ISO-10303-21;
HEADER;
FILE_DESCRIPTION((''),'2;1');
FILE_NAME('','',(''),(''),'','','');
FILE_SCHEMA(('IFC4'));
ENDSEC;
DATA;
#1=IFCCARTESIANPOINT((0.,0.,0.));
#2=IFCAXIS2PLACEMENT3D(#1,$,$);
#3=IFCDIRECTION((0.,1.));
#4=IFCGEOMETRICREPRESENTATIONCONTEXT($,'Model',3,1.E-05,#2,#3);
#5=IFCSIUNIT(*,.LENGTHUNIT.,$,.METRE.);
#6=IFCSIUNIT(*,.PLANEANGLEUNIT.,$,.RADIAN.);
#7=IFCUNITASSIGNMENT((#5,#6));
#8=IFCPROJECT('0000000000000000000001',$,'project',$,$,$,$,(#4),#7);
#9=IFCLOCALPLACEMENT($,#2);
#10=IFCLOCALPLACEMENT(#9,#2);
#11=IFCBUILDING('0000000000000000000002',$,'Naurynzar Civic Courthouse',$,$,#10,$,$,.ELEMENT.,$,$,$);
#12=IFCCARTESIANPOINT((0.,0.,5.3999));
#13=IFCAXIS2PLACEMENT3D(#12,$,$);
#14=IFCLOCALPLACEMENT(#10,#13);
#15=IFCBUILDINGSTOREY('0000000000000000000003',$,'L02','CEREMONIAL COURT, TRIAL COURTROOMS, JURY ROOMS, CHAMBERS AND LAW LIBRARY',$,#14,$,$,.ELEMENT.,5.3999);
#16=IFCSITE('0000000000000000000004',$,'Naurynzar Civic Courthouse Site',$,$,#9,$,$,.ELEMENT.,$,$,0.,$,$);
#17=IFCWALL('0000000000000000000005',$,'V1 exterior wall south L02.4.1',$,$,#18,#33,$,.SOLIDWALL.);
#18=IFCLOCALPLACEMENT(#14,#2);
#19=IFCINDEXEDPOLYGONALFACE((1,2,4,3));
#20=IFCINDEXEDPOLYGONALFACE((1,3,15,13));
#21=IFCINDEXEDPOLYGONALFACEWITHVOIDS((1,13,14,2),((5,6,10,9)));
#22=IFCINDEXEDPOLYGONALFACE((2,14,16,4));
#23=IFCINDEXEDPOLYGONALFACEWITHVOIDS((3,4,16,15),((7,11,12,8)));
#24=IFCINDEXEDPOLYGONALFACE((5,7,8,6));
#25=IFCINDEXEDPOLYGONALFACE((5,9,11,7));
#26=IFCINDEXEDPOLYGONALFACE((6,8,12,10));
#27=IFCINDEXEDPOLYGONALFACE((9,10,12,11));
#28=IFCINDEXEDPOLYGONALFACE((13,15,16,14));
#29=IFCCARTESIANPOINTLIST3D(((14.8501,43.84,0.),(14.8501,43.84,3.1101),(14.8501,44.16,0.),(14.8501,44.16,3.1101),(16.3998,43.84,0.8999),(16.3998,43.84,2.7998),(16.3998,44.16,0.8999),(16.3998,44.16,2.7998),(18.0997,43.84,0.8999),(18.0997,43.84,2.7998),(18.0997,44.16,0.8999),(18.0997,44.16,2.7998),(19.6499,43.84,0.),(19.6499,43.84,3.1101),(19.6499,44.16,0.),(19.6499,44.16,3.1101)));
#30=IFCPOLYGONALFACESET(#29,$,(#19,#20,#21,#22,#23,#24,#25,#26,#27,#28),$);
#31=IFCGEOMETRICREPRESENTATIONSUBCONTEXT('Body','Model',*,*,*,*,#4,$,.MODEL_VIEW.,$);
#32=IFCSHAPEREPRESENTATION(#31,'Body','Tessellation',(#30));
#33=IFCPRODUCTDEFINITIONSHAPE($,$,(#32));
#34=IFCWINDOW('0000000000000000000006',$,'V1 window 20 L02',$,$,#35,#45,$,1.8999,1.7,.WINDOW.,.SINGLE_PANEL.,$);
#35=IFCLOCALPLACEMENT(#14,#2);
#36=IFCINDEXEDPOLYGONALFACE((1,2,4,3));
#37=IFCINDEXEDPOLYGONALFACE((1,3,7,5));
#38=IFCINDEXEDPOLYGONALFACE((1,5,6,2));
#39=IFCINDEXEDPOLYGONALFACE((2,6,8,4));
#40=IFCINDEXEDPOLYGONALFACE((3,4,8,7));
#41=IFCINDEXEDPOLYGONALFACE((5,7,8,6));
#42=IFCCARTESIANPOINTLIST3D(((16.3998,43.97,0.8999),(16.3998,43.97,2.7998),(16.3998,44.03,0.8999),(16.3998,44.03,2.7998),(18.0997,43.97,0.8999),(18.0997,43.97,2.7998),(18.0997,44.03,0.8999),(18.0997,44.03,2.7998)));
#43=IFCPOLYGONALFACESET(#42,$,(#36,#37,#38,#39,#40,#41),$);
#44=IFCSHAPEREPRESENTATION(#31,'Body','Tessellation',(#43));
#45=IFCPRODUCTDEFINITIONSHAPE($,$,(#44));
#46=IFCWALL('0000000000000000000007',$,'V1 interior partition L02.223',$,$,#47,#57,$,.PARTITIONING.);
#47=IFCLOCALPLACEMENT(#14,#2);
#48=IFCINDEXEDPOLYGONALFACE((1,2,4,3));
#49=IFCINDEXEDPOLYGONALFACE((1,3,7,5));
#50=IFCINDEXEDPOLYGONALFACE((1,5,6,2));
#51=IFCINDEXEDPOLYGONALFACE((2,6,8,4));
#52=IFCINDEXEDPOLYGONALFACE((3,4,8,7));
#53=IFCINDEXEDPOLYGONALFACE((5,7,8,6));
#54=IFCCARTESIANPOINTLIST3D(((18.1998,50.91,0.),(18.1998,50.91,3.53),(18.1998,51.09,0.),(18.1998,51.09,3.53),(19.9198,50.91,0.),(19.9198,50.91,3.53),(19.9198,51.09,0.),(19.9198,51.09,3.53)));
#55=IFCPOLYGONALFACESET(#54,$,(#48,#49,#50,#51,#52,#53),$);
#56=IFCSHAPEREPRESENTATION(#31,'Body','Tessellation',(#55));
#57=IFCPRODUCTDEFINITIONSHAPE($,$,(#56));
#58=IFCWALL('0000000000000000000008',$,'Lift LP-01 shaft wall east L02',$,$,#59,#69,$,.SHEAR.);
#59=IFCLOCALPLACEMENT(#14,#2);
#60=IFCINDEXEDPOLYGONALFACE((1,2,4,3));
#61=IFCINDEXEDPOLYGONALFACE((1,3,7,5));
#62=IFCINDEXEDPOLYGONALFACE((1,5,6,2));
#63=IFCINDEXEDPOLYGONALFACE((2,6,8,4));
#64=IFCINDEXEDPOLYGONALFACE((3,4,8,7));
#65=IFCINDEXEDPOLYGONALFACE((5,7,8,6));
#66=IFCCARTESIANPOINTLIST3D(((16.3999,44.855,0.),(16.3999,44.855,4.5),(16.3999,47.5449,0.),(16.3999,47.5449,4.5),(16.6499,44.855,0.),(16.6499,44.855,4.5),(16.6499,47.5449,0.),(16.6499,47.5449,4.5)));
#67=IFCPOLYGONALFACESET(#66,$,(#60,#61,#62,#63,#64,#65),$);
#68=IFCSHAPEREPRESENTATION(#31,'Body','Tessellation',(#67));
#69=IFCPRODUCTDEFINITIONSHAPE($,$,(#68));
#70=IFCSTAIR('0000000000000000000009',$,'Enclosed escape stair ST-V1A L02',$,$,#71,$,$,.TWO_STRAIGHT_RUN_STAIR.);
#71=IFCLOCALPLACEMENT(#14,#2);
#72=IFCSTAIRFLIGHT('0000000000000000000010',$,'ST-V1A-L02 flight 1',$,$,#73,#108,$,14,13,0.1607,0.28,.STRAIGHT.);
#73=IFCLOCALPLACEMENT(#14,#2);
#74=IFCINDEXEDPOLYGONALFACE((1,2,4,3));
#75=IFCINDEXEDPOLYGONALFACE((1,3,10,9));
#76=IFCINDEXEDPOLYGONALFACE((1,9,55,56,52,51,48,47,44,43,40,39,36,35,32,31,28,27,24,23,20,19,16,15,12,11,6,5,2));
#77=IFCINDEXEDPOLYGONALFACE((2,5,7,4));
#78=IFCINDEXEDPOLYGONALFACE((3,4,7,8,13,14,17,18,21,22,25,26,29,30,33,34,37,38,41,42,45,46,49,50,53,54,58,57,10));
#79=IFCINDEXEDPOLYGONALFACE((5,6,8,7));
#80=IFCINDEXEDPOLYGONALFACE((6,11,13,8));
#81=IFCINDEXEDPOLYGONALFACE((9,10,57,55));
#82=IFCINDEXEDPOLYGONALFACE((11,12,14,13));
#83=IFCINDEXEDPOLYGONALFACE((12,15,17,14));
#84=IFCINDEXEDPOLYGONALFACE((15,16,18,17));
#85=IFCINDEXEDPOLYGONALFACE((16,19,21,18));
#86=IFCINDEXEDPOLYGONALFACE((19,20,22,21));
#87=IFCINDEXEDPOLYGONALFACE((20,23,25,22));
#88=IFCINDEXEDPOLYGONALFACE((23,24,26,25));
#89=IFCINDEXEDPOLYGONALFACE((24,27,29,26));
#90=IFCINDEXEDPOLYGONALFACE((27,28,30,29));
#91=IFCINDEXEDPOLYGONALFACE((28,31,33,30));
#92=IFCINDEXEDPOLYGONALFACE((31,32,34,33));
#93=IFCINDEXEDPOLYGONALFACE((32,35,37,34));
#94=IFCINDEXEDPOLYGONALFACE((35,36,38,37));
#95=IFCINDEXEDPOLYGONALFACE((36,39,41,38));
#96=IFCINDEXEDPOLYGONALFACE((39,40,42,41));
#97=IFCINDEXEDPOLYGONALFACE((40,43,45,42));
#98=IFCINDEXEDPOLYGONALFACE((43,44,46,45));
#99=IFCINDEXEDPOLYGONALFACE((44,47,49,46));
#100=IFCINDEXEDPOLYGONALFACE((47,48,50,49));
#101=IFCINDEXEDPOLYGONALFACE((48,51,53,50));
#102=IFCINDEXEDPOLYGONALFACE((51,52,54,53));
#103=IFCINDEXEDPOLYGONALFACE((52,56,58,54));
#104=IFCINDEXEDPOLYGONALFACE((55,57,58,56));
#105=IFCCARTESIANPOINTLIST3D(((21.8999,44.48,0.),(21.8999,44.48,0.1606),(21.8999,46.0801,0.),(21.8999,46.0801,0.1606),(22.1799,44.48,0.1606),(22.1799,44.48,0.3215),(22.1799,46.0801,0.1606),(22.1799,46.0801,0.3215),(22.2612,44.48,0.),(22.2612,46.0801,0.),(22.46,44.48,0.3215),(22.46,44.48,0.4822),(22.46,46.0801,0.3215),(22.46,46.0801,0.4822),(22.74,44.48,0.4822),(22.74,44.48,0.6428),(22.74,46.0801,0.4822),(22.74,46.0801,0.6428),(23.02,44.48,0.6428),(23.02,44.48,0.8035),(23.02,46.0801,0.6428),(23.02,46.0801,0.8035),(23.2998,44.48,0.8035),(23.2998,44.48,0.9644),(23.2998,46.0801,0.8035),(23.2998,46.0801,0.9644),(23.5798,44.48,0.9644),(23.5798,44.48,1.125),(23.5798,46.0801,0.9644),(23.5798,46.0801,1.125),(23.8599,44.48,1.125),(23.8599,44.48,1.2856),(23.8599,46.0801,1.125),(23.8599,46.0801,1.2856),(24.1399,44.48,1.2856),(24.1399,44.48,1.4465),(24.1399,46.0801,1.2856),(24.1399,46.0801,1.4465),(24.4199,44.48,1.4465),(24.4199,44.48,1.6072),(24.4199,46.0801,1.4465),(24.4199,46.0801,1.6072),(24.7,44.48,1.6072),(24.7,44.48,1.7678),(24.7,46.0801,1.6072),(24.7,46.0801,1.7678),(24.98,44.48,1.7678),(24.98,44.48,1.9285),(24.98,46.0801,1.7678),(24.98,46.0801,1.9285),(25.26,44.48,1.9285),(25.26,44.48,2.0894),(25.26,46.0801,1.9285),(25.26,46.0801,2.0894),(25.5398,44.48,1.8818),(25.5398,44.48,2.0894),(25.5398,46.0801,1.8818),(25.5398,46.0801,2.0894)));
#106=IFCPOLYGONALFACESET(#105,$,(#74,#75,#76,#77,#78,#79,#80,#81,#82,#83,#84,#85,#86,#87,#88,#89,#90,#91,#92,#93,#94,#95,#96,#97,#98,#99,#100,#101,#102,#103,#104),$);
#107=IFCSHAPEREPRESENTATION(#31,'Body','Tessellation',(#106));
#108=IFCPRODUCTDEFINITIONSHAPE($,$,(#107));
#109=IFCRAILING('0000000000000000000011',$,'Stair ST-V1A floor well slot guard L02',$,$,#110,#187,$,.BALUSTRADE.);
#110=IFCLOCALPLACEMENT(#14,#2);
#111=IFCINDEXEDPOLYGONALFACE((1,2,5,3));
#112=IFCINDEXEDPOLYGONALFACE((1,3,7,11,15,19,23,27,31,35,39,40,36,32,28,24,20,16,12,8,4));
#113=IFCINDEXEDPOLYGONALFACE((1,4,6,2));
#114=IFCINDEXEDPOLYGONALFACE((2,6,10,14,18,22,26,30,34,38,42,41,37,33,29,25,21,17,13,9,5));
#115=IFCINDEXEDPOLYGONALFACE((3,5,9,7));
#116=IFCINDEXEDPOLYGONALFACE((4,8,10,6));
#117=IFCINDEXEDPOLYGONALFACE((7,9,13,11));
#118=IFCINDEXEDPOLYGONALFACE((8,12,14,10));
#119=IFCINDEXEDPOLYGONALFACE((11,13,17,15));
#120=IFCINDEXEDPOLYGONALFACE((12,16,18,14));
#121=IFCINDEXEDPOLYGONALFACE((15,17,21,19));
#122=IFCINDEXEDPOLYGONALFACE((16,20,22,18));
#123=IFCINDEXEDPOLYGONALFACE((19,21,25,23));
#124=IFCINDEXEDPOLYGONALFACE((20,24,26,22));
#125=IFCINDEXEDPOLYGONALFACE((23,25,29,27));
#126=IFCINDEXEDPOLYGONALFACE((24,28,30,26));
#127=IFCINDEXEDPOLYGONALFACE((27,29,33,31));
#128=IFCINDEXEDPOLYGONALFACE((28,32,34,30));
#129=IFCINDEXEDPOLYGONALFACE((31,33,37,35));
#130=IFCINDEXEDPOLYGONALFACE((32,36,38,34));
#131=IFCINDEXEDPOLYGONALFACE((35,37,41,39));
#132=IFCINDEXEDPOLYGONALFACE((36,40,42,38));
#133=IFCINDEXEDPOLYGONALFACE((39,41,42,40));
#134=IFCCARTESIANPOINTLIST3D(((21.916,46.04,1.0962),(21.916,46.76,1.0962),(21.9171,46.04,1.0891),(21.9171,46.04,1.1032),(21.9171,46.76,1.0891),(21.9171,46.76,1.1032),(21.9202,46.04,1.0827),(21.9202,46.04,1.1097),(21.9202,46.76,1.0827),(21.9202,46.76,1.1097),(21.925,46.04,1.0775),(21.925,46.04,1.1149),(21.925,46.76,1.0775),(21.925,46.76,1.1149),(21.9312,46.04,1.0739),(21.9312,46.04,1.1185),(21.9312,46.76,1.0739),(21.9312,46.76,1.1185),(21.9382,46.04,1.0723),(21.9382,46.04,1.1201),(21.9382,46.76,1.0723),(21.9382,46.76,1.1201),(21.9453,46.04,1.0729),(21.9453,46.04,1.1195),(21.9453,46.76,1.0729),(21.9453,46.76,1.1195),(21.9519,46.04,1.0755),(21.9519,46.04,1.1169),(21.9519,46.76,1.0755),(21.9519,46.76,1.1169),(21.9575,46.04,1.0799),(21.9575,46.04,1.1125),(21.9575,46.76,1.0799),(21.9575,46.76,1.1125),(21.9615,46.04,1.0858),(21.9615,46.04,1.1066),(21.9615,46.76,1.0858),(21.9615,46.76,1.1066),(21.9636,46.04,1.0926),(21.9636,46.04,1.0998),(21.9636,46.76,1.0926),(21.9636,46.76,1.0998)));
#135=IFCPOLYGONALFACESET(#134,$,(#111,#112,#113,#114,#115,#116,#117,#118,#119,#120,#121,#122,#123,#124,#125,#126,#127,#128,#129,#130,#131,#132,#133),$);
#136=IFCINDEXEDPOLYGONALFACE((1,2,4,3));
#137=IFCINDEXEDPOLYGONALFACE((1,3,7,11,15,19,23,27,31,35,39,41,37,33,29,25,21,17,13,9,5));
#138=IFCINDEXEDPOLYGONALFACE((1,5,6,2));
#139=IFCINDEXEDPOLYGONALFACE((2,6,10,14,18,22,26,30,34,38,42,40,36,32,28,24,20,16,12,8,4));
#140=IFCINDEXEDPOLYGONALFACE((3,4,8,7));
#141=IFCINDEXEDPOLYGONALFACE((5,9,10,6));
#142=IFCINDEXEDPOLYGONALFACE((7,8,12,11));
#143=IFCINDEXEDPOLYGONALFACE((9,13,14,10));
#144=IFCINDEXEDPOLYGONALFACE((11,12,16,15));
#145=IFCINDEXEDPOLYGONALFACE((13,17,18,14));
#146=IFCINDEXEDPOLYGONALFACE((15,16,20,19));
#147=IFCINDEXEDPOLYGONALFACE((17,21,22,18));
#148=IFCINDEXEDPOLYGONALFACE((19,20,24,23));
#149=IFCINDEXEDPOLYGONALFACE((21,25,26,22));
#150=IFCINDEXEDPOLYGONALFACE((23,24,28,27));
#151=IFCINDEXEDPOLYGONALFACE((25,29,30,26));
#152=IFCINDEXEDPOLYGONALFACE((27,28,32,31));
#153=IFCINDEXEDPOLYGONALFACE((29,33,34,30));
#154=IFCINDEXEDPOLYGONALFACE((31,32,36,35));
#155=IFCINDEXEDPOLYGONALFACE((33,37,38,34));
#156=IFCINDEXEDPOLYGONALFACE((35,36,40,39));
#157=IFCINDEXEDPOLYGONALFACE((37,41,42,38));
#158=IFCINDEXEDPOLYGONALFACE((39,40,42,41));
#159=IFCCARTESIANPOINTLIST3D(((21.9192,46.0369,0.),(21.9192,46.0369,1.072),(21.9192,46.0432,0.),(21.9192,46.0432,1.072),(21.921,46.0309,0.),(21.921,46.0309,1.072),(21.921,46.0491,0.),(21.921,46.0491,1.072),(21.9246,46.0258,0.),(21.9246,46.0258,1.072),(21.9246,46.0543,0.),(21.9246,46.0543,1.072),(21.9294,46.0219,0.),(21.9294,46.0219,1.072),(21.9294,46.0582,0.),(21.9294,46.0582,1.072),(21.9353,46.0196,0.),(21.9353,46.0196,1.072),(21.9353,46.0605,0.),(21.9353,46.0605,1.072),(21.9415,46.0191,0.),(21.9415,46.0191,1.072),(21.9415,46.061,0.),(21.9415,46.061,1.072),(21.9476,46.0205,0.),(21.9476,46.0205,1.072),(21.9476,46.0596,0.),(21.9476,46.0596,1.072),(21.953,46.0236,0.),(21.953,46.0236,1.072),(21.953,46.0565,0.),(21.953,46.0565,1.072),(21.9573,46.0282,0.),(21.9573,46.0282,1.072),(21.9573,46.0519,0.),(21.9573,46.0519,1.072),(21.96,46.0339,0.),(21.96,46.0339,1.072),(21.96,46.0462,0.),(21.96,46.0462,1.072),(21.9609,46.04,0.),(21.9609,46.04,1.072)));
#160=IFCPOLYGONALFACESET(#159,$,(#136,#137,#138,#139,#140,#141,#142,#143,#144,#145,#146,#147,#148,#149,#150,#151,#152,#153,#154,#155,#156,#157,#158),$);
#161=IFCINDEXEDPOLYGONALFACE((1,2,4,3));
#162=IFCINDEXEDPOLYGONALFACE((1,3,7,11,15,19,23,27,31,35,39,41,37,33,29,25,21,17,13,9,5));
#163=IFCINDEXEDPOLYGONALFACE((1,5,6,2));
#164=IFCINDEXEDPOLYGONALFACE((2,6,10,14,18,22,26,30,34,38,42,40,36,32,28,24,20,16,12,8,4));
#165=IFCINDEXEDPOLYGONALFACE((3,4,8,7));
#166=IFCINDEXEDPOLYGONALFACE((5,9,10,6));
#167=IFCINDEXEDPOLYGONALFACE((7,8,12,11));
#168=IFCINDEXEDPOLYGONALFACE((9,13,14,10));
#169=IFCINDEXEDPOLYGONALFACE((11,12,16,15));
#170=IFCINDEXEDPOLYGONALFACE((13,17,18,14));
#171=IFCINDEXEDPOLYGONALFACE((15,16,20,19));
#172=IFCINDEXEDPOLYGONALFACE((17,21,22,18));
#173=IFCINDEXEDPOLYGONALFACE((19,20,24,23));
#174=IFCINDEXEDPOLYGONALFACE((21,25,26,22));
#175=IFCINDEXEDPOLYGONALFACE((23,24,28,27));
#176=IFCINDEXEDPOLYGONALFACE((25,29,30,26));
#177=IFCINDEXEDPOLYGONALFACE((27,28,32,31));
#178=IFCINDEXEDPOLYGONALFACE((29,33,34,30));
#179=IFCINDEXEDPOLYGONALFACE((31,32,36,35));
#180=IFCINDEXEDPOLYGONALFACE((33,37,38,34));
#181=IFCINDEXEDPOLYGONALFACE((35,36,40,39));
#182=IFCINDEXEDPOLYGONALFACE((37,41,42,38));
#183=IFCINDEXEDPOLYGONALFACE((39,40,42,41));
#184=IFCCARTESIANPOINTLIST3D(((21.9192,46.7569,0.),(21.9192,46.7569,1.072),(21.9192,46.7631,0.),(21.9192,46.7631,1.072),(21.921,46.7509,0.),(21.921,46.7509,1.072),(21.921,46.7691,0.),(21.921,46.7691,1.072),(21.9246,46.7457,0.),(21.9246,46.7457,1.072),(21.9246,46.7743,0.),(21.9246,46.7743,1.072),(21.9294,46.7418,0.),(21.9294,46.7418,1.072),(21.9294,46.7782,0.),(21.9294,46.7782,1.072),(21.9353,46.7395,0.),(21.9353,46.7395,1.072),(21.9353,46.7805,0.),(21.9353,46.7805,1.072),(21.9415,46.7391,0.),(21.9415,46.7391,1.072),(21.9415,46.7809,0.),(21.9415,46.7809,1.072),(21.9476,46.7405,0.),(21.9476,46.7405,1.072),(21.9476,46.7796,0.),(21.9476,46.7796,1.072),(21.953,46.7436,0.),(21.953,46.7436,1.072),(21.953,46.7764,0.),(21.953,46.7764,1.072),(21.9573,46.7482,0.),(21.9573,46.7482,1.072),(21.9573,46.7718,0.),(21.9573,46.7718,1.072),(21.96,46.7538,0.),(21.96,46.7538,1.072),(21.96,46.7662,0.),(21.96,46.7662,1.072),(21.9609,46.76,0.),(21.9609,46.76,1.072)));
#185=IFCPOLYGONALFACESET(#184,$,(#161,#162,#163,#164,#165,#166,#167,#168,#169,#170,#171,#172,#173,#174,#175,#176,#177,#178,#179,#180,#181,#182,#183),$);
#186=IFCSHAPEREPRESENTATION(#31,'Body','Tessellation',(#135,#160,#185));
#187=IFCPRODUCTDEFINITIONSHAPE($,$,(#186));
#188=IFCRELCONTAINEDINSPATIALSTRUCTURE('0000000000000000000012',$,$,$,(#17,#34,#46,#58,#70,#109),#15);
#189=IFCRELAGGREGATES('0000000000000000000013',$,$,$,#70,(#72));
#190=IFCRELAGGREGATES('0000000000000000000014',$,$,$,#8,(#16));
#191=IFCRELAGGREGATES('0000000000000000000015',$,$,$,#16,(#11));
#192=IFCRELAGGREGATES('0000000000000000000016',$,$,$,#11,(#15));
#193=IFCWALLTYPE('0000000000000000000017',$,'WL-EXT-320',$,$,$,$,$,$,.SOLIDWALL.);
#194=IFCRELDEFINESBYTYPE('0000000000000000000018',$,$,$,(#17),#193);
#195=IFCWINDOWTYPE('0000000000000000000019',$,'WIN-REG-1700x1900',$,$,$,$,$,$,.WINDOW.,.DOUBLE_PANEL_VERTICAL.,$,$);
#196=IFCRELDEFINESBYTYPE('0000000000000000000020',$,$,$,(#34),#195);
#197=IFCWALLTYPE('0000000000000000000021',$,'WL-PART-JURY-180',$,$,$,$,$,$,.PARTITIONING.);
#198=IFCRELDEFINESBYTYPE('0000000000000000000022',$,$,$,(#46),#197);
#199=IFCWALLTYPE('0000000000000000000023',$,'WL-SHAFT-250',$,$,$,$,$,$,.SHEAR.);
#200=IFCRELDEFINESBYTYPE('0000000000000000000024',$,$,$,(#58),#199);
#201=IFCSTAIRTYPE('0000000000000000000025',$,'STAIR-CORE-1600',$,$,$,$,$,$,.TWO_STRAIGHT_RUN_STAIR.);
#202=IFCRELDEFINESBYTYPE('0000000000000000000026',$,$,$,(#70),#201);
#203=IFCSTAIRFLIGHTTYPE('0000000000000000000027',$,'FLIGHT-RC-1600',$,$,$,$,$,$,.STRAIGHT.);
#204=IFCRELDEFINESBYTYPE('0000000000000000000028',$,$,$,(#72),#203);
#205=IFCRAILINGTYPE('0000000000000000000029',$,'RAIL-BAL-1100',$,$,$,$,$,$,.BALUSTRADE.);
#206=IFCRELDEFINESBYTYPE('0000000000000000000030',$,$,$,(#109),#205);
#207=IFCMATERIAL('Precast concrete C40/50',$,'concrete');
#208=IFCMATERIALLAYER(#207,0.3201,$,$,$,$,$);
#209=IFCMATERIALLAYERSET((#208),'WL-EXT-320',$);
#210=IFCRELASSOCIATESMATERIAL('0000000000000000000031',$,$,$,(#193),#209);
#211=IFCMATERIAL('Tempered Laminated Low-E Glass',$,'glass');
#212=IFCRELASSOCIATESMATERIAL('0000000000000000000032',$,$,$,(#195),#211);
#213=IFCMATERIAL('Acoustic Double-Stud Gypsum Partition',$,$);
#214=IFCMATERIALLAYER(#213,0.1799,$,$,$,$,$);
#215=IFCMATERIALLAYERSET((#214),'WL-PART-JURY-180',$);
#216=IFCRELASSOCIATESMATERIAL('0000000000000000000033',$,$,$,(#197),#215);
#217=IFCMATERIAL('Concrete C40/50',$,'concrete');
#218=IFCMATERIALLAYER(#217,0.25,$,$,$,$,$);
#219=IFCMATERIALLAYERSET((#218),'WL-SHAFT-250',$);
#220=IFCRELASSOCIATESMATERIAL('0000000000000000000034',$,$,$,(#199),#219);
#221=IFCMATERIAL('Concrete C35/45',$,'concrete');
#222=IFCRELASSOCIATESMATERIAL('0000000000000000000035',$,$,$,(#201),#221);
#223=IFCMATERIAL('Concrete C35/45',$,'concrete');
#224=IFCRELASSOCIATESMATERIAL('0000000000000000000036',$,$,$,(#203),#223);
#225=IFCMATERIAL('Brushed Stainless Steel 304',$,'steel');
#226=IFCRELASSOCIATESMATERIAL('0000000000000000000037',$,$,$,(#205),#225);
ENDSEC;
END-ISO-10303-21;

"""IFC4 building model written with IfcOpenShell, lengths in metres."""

from ifc_helpers import new_model, si_unit, direction, frame, frame_2d, origin, origin_2d, place, context, subcontext, project, spatial, polyline, rectangle, circle, outline, extrude, material, layer, layer_set, type_object, element, fill, aggregate, save


model = new_model("IFC4")

# Units and contexts
model_context = context("Model", 3, precision=1e-05, world=origin(), true_north=direction((0.0, 1.0)))
body_context = subcontext(model_context, "Body", "Model", "MODEL_VIEW")
ifc_project = project(units=[si_unit("LENGTHUNIT", "METRE"), si_unit("PLANEANGLEUNIT", "RADIAN")], contexts=[model_context])

# Site, building, storey
site_placement = place(None, origin())
site = spatial("IfcSite", under=ifc_project, at=site_placement, Name="Naurynzar Civic Courthouse Site", CompositionType="ELEMENT", RefElevation=0.0)
building_placement = place(site_placement, origin())
building = spatial("IfcBuilding", under=site, at=building_placement, Name="Naurynzar Civic Courthouse", CompositionType="ELEMENT")
storey_placement = place(building_placement, frame((0.0, 0.0, 5.3999)))
storey = spatial("IfcBuildingStorey", under=building, at=storey_placement, Name="L02", Description="CEREMONIAL COURT, TRIAL COURTROOMS, JURY ROOMS, CHAMBERS AND LAW LIBRARY", CompositionType="ELEMENT", Elevation=5.3999)

# Wall, opening, window
ifc_material_1 = material(Name="Precast concrete C40/50", Category="concrete")
ifc_layer_1 = layer(ifc_material_1, 0.3201)
ifc_layer_set_1 = layer_set([ifc_layer_1], Name="WL-EXT-320")
wall_type_1 = type_object("IfcWallType", Name="WL-EXT-320", PredefinedType="SOLIDWALL", material=ifc_layer_set_1)
wall_1_placement = place(storey_placement, frame((19.6499, 44.0, 0.0), z_axis=(0.0, 0.0, 1.0), x_axis=(-1.0, 0.0, 0.0)))
wall_1 = element("IfcWall", 1, at=wall_1_placement, inside=storey, type_object=wall_type_1, Name="V1 exterior wall south L02.4.1", PredefinedType="SOLIDWALL", context=body_context, shape_type="SweptSolid", body=[
    extrude(rectangle(XDim=4.7998, YDim=0.3201, at=frame_2d((2.3999, 0.0))), origin(), (0.0, 0.0, 1.0), 3.1101),
])
opening_1_placement = place(wall_1_placement, frame((1.55, 0.0, 0.8999)))
opening_1 = element("IfcOpeningElement", 2, at=opening_1_placement, cuts=wall_1, PredefinedType="OPENING", context=body_context, shape_type="SweptSolid", body=[
    extrude(rectangle(XDim=1.7, YDim=1.8999, at=frame_2d((0.8501, 0.95))), frame((0.0, 0.1699, 0.0), z_axis=(0.0, -1.0, 0.0), x_axis=(1.0, 0.0, 0.0)), (0.0, 0.0, 1.0), 0.3401),
])
ifc_material_2 = material(Name="Tempered Laminated Low-E Glass", Category="glass")
window_type = type_object("IfcWindowType", Name="WIN-REG-1700x1900", PartitioningType="DOUBLE_PANEL_VERTICAL", PredefinedType="WINDOW", material=ifc_material_2)
window_placement = place(opening_1_placement, origin())
window = element("IfcWindow", 3, at=window_placement, inside=storey, type_object=window_type, Name="V1 window 20 L02", OverallHeight=1.8999, OverallWidth=1.7, PartitioningType="SINGLE_PANEL", PredefinedType="WINDOW", context=body_context, shape_type="SweptSolid", body=[
    extrude(rectangle(XDim=1.7, YDim=1.8999, at=frame_2d((0.8501, 0.95))), frame((0.0, 0.03, 0.0), z_axis=(0.0, -1.0, 0.0), x_axis=(1.0, 0.0, 0.0)), (0.0, 0.0, 1.0), 0.0601),
])
fill(opening_1, window)

# Wall
ifc_material_3 = material(Name="Acoustic Double-Stud Gypsum Partition")
ifc_layer_2 = layer(ifc_material_3, 0.1799)
ifc_layer_set_2 = layer_set([ifc_layer_2], Name="WL-PART-JURY-180")
wall_type_2 = type_object("IfcWallType", Name="WL-PART-JURY-180", PredefinedType="PARTITIONING", material=ifc_layer_set_2)
wall_2_placement = place(storey_placement, frame((18.2, 51.0, 0.0), z_axis=(0.0, 0.0, 1.0), x_axis=(1.0, 0.0, 0.0)))
element("IfcWall", 4, at=wall_2_placement, inside=storey, type_object=wall_type_2, Name="V1 interior partition L02.223", PredefinedType="PARTITIONING", context=body_context, shape_type="SweptSolid", body=[
    extrude(rectangle(XDim=1.72, YDim=0.1799, at=frame_2d((0.8599, 0.0))), origin(), (0.0, 0.0, 1.0), 3.53),
])

# Shared definitions
ifc_material_4 = material(Name="Concrete C40/50", Category="concrete")
ifc_layer_3 = layer(ifc_material_4, 0.25)
ifc_layer_set_3 = layer_set([ifc_layer_3], Name="WL-SHAFT-250")
wall_type_3 = type_object("IfcWallType", Name="WL-SHAFT-250", PredefinedType="SHEAR", material=ifc_layer_set_3)

# Wall
wall_3_placement = place(storey_placement, frame((16.5249, 44.855, 0.0), z_axis=(0.0, 0.0, 1.0), x_axis=(0.0, 1.0, 0.0)))
element("IfcWall", 5, at=wall_3_placement, inside=storey, type_object=wall_type_3, Name="Lift LP-01 shaft wall east L02", PredefinedType="SHEAR", context=body_context, shape_type="SweptSolid", body=[
    extrude(rectangle(XDim=2.6899, YDim=0.25, at=frame_2d((1.345, 0.0))), origin(), (0.0, 0.0, 1.0), 4.5),
])

# Stair, stair flight
ifc_material_5 = material(Name="Concrete C35/45", Category="concrete")
stair_type = type_object("IfcStairType", Name="STAIR-CORE-1600", PredefinedType="TWO_STRAIGHT_RUN_STAIR", material=ifc_material_5)
stair_placement = place(storey_placement, origin())
stair = element("IfcStair", 6, at=stair_placement, inside=storey, type_object=stair_type, Name="Enclosed escape stair ST-V1A L02", PredefinedType="TWO_STRAIGHT_RUN_STAIR")
ifc_material_6 = material(Name="Concrete C35/45", Category="concrete")
stair_flight_type = type_object("IfcStairFlightType", Name="FLIGHT-RC-1600", PredefinedType="STRAIGHT", material=ifc_material_6)
stair_flight_placement = place(storey_placement, frame((21.8999, 45.28, 0.0), z_axis=(0.0, 0.0, 1.0), x_axis=(1.0, 0.0, 0.0)))
stair_flight = element("IfcStairFlight", 7, at=stair_flight_placement, type_object=stair_flight_type, Name="ST-V1A-L02 flight 1", NumberOfRisers=14, NumberOfTreads=13, PredefinedType="STRAIGHT", RiserHeight=0.1607, TreadLength=0.28, context=body_context, shape_type="SweptSolid", body=[
    extrude(outline(polyline([(0.0, 0.0), (0.0, 0.1606), (0.28, 0.1606), (0.28, 0.3215), (0.5601, 0.3215), (0.5601, 0.4822), (0.8401, 0.4822), (0.8401, 0.6428), (1.1201, 0.6428), (1.1201, 0.8035), (1.3999, 0.8035), (1.3999, 0.9644), (1.6799, 0.9644), (1.6799, 1.125), (1.96, 1.125), (1.96, 1.2856), (2.24, 1.2856), (2.24, 1.4465), (2.52, 1.4465), (2.52, 1.6072), (2.8, 1.6072), (2.8, 1.7678), (3.0801, 1.7678), (3.0801, 1.9285), (3.3601, 1.9285), (3.3601, 2.0894), (3.6399, 2.0894), (3.6399, 2.25), (3.6399, 1.8818), (0.3613, 0.0), (0.0, 0.0)])), frame((0.0, 0.8, 0.0), z_axis=(0.0, -1.0, 0.0), x_axis=(1.0, 0.0, 0.0)), (0.0, 0.0, 1.0), 1.6001),
])
aggregate(stair, [stair_flight])

# Railing
ifc_material_7 = material(Name="Brushed Stainless Steel 304", Category="steel")
railing_type_1 = type_object("IfcRailingType", Name="RAIL-BAL-1100", PredefinedType="BALUSTRADE", material=ifc_material_7)
railing_1_placement = place(storey_placement, frame((21.9399, 46.04, 0.0)))
element("IfcRailing", 8, at=railing_1_placement, inside=storey, type_object=railing_type_1, Name="Stair ST-V1A floor well slot guard L02", PredefinedType="BALUSTRADE", context=body_context, shape_type="SweptSolid", body=[
    extrude(circle(Radius=0.0239, at=origin_2d()), frame((0.0, 0.0, 1.0962), z_axis=(0.0, 1.0, 0.0), x_axis=(-1.0, 0.0, 0.0)), (0.0, 0.0, 1.0), 0.72),
    extrude(circle(Radius=0.021, at=origin_2d()), origin(), (0.0, 0.0, 1.0), 1.072),
    extrude(circle(Radius=0.021, at=origin_2d()), frame((0.0, 0.72, 0.0)), (0.0, 0.0, 1.0), 1.072),
])

save(model, "model.ifc")
